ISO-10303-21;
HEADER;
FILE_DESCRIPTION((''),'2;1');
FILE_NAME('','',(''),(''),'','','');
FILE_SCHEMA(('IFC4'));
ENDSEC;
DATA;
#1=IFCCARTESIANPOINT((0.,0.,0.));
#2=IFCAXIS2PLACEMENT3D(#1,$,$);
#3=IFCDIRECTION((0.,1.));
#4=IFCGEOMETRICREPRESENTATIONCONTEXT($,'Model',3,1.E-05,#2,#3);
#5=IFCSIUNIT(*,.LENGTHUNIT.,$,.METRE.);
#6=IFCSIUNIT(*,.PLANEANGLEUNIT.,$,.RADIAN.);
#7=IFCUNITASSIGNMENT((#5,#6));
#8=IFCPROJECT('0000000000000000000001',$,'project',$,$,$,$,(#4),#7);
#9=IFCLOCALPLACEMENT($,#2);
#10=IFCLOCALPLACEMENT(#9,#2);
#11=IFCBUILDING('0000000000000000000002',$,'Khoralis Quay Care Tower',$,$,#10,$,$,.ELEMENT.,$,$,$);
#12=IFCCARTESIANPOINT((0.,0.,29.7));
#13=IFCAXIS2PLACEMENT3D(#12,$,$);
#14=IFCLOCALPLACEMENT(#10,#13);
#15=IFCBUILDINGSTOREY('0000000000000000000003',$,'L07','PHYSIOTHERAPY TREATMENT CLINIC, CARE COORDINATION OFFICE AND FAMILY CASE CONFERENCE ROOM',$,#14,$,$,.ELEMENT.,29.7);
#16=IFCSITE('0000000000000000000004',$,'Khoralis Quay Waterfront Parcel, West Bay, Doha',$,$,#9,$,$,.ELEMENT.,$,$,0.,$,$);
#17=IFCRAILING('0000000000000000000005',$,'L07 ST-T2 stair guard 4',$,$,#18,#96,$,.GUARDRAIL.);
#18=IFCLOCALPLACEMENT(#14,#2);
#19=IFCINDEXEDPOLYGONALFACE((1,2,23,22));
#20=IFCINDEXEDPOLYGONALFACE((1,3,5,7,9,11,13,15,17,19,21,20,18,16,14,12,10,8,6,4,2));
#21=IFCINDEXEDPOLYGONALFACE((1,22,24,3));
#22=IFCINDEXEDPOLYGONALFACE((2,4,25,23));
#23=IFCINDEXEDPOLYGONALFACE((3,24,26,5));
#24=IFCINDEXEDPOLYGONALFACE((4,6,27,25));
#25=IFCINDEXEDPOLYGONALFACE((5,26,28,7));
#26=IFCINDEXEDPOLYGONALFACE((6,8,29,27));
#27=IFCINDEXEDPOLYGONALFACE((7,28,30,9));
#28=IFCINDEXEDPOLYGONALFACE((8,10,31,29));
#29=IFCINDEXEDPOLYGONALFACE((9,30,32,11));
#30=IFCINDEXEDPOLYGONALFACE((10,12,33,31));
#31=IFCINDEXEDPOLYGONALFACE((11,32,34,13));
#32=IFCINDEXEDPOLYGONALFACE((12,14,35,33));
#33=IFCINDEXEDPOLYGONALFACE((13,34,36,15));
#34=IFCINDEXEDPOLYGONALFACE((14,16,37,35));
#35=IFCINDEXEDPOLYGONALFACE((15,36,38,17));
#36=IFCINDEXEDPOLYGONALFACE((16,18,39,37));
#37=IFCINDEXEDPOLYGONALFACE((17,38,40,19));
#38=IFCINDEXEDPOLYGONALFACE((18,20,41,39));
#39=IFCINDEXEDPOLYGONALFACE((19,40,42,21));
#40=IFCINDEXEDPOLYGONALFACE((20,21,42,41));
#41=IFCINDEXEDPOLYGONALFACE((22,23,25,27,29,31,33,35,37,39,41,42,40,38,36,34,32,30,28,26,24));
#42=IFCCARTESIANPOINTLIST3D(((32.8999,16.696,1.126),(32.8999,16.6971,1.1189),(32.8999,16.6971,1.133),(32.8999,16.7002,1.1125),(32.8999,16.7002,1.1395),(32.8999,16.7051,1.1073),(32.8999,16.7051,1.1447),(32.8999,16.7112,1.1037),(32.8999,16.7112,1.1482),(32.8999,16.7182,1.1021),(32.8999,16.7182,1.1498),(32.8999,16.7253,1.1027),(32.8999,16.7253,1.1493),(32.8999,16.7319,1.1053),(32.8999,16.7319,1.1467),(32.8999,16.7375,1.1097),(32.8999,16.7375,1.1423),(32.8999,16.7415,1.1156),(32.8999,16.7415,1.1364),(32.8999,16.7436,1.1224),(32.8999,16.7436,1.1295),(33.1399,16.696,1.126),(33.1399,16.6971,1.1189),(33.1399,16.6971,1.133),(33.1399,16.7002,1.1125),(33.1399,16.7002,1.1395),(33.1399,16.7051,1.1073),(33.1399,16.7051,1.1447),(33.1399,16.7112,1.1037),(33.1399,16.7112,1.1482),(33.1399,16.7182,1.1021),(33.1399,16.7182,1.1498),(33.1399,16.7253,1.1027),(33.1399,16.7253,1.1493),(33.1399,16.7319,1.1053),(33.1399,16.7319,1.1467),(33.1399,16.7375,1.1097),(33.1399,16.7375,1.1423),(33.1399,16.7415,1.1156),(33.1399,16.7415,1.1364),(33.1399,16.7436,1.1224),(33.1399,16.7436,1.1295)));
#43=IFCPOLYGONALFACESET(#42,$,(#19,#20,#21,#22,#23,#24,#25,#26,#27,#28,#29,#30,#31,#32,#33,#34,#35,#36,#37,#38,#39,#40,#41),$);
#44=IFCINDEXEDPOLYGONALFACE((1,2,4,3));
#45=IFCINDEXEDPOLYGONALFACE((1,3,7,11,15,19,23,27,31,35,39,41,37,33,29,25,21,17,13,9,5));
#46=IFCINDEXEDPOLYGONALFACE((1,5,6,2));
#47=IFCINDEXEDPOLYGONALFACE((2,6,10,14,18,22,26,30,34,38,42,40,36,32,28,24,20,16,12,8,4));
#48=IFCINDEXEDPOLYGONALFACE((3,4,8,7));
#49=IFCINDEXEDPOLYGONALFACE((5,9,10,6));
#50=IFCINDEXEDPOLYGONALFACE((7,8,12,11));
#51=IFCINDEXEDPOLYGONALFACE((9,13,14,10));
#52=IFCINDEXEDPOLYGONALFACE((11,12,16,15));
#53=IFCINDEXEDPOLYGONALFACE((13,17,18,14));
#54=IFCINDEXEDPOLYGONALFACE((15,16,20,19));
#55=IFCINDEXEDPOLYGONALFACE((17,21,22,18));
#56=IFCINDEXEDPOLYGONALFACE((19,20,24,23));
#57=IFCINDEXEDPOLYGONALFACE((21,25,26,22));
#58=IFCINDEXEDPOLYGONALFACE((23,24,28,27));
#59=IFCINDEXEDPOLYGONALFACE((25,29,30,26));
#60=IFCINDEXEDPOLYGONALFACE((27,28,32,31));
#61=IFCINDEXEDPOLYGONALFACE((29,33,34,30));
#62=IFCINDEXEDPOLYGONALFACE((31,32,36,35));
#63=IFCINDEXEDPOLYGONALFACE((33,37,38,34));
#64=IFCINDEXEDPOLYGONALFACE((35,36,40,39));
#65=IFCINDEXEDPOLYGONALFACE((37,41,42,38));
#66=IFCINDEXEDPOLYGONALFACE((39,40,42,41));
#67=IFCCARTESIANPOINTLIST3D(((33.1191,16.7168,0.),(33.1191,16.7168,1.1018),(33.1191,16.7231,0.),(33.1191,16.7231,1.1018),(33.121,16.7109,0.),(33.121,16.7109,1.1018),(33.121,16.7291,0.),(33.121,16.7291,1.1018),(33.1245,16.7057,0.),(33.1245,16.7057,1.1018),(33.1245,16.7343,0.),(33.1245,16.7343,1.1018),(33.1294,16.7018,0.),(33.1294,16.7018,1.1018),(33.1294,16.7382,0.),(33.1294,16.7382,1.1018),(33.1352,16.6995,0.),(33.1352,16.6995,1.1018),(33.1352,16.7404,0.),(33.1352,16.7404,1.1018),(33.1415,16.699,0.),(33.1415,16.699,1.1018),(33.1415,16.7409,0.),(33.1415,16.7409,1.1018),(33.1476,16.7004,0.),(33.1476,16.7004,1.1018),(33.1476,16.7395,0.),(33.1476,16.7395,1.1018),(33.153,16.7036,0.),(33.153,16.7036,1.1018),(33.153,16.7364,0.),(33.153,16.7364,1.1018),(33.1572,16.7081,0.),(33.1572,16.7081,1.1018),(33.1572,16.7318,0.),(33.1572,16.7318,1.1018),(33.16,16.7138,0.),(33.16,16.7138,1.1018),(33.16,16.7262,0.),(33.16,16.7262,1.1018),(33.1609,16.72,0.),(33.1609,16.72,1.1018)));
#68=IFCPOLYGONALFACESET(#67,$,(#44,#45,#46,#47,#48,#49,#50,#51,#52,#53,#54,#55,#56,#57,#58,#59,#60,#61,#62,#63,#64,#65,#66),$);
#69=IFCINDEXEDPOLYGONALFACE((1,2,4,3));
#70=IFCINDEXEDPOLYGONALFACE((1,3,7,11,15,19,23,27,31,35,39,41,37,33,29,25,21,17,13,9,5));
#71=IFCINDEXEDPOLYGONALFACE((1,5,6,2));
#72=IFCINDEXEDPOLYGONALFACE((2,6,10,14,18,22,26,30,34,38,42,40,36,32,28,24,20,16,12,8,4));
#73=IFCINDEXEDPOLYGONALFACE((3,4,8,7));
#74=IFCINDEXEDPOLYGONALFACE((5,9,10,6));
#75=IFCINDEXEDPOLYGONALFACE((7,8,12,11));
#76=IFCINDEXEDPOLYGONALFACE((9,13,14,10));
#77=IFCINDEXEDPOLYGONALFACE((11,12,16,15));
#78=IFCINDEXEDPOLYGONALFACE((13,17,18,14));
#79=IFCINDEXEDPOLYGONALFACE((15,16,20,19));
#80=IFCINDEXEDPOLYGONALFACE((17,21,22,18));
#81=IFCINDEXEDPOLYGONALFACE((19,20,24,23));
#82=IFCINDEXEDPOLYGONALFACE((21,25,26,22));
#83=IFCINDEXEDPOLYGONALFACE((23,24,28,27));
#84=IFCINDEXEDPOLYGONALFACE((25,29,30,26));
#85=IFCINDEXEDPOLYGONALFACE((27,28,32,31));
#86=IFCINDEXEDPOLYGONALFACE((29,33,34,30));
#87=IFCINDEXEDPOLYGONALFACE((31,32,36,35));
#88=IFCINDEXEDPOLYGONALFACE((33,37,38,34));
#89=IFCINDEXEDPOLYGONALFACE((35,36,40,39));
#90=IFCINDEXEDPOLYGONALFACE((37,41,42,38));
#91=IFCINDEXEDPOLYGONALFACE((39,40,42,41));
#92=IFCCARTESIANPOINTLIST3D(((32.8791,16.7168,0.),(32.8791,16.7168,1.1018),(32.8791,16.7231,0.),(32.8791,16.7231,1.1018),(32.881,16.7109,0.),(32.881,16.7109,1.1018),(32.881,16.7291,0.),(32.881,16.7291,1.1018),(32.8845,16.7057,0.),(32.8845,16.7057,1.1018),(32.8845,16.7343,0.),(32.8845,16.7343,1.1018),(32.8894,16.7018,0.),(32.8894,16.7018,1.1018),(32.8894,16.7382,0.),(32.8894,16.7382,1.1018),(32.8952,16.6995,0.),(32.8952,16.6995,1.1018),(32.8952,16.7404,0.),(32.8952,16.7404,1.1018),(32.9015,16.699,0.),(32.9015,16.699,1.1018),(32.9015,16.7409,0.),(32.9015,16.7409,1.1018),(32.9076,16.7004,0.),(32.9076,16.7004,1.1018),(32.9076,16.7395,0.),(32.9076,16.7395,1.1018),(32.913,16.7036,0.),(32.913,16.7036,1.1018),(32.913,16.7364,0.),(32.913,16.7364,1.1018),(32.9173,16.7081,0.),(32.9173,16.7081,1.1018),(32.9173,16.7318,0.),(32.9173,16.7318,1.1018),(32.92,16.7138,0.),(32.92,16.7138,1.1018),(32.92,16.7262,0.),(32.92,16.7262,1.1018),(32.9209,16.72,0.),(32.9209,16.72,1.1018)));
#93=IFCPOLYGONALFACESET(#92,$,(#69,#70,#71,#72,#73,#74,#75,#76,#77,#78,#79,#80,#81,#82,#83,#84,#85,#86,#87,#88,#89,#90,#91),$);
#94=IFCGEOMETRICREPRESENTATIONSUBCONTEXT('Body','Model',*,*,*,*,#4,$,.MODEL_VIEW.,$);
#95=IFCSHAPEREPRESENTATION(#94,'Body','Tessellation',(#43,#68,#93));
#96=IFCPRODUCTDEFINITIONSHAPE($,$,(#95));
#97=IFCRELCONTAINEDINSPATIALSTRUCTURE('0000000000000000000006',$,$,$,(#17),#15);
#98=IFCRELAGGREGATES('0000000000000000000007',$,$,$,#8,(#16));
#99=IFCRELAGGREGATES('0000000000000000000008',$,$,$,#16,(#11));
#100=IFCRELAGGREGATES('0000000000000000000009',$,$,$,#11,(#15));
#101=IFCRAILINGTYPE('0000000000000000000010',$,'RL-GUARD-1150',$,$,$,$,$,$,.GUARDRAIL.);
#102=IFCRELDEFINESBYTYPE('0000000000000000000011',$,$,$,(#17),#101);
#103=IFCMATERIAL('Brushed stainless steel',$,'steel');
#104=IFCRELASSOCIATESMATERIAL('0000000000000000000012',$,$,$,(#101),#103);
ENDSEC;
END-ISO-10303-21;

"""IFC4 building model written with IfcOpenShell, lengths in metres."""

from ifc_helpers import new_model, si_unit, direction, frame, origin, origin_2d, place, context, subcontext, project, spatial, circle, extrude, material, type_object, element, save


model = new_model("IFC4")

# Units and contexts
model_context = context("Model", 3, precision=1e-05, world=origin(), true_north=direction((0.0, 1.0)))
body_context = subcontext(model_context, "Body", "Model", "MODEL_VIEW")
ifc_project = project(units=[si_unit("LENGTHUNIT", "METRE"), si_unit("PLANEANGLEUNIT", "RADIAN")], contexts=[model_context])

# Site, building, storey
site_placement = place(None, origin())
site = spatial("IfcSite", under=ifc_project, at=site_placement, Name="Khoralis Quay Waterfront Parcel, West Bay, Doha", CompositionType="ELEMENT", RefElevation=0.0)
building_placement = place(site_placement, origin())
building = spatial("IfcBuilding", under=site, at=building_placement, Name="Khoralis Quay Care Tower", CompositionType="ELEMENT")
storey_placement = place(building_placement, frame((0.0, 0.0, 29.7)))
storey = spatial("IfcBuildingStorey", under=building, at=storey_placement, Name="L07", Description="PHYSIOTHERAPY TREATMENT CLINIC, CARE COORDINATION OFFICE AND FAMILY CASE CONFERENCE ROOM", CompositionType="ELEMENT", Elevation=29.7)

# Shared definitions
ifc_material_1 = material(Name="Brushed stainless steel", Category="steel")

# Railing
railing_type_1 = type_object("IfcRailingType", Name="RL-GUARD-1150", PredefinedType="GUARDRAIL", material=ifc_material_1)
railing_1_placement = place(storey_placement, frame((33.1399, 16.72, 0.0)))
element("IfcRailing", 1, at=railing_1_placement, inside=storey, type_object=railing_type_1, Name="L07 ST-T2 stair guard 4", PredefinedType="GUARDRAIL", context=body_context, shape_type="SweptSolid", body=[
    extrude(circle(Radius=0.0239, at=origin_2d()), frame((0.0, 0.0, 1.126), z_axis=(-1.0, 0.0, 0.0), x_axis=(0.0, -1.0, 0.0)), (0.0, 0.0, 1.0), 0.24),
    extrude(circle(Radius=0.021, at=origin_2d()), origin(), (0.0, 0.0, 1.0), 1.1018),
    extrude(circle(Radius=0.021, at=origin_2d()), frame((-0.24, 0.0, 0.0)), (0.0, 0.0, 1.0), 1.1018),
])

save(model, "model.ifc")
